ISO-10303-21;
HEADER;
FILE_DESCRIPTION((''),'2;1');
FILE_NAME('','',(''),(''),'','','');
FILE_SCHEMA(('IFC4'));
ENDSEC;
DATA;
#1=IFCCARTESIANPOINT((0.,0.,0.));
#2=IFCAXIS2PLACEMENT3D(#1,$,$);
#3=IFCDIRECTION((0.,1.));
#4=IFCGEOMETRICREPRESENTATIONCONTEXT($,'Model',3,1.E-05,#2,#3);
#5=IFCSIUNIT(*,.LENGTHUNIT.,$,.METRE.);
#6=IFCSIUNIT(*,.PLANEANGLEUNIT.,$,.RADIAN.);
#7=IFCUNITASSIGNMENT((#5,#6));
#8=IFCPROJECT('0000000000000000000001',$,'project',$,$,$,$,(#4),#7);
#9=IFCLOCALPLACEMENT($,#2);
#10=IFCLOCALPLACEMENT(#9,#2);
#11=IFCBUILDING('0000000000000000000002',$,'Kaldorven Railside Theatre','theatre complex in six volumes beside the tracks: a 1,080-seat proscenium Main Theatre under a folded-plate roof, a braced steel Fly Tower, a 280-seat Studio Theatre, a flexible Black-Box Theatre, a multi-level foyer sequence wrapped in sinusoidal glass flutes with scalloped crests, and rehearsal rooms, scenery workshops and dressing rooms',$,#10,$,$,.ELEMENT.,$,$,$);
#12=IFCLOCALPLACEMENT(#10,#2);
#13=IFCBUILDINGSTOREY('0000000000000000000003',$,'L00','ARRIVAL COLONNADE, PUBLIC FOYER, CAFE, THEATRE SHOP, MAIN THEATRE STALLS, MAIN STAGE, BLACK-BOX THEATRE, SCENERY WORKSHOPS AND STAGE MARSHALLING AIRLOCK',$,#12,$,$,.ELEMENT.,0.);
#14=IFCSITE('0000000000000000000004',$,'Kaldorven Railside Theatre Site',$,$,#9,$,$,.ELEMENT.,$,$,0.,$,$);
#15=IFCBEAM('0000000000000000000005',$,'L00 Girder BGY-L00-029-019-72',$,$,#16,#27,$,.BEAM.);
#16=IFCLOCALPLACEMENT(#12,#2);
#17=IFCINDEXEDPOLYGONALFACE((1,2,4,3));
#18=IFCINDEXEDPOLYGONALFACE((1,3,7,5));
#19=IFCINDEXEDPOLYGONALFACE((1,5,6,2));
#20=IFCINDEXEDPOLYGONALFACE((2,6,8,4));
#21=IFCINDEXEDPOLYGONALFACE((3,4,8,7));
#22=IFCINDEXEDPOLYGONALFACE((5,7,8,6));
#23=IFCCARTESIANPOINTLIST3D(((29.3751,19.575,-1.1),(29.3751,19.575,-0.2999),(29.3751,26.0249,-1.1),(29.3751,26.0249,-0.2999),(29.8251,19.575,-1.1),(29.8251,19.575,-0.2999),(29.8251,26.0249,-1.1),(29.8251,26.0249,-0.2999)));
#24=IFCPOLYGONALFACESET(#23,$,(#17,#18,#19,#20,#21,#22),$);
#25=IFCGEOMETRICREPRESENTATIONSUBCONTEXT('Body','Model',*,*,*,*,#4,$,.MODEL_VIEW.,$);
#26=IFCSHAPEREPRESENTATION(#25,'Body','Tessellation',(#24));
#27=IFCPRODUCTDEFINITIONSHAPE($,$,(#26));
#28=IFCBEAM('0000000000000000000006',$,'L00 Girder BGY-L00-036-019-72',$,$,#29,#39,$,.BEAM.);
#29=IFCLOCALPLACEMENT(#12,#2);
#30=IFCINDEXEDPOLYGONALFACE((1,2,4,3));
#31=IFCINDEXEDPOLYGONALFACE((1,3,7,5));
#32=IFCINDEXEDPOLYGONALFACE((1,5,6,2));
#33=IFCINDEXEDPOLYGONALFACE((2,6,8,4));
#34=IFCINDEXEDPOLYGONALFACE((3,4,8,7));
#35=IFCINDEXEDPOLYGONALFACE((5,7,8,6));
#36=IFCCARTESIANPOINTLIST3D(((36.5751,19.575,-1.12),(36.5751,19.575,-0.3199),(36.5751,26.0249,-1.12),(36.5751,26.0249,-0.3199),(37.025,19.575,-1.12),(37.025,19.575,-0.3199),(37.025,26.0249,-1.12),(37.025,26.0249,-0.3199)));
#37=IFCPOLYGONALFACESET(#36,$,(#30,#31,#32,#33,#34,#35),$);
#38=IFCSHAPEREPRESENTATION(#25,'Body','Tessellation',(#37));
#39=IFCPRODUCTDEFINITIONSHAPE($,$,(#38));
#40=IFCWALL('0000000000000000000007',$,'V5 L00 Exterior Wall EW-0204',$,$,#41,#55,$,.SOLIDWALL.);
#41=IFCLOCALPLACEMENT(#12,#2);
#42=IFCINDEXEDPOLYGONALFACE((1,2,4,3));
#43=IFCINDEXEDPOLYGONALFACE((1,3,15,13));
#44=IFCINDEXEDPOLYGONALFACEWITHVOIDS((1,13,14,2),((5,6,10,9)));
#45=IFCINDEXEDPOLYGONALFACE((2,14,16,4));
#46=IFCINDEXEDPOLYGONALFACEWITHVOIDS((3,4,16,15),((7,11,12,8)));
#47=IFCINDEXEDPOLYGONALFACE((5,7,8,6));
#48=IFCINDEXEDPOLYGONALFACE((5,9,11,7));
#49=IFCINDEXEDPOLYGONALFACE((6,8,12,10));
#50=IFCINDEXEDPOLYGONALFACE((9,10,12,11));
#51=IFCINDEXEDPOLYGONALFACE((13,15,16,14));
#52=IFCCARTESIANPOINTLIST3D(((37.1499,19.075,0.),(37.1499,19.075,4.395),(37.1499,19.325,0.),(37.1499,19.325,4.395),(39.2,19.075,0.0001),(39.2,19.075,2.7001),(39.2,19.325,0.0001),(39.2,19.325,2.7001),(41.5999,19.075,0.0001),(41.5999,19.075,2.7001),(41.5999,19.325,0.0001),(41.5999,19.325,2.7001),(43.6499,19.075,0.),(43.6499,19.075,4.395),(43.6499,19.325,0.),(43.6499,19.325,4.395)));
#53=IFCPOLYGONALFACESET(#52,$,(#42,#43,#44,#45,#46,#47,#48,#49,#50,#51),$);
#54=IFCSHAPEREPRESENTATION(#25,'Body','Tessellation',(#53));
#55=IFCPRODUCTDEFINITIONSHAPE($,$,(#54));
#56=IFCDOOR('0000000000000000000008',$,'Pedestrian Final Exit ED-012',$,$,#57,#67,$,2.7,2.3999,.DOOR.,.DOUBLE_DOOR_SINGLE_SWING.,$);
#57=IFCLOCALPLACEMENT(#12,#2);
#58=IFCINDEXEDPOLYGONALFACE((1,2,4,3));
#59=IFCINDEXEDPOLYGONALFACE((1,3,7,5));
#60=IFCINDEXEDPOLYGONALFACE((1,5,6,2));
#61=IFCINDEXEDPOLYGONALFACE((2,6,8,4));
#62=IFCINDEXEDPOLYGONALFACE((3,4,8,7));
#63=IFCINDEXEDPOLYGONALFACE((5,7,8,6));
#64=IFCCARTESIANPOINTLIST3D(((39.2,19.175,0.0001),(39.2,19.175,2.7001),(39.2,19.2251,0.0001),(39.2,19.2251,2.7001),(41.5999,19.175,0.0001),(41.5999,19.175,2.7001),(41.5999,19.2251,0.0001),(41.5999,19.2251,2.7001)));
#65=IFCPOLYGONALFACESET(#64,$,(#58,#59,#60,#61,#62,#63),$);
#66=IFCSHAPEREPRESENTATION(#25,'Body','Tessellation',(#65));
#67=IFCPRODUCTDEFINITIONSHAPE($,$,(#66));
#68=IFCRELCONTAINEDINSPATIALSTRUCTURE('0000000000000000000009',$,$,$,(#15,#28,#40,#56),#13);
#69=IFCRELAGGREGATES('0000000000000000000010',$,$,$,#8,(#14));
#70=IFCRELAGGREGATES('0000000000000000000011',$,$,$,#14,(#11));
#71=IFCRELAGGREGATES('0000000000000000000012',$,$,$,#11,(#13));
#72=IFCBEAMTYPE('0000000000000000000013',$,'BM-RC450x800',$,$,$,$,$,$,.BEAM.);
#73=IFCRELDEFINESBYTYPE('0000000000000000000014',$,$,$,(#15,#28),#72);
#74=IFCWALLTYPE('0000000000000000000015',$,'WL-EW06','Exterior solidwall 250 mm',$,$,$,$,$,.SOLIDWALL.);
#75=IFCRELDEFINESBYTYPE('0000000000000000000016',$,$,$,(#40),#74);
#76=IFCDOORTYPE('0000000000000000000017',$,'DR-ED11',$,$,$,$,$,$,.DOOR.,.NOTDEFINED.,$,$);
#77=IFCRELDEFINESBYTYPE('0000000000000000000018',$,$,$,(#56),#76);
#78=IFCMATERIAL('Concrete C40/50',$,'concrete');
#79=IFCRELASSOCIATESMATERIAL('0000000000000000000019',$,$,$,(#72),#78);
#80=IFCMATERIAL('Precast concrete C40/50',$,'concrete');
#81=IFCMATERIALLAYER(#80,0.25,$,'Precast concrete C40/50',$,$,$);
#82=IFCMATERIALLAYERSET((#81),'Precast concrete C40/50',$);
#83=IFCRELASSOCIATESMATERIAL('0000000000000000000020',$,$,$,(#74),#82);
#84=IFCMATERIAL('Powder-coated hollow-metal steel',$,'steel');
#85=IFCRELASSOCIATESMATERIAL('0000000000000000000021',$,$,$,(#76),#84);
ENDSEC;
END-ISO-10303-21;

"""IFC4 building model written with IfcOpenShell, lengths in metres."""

from ifc_helpers import new_model, si_unit, direction, frame, frame_2d, origin, origin_2d, place, context, subcontext, project, spatial, rectangle, extrude, material, layer, layer_set, material_profile, profile_set, type_object, element, fill, save


model = new_model("IFC4")

# Units and contexts
model_context = context("Model", 3, precision=1e-05, world=origin(), true_north=direction((0.0, 1.0)))
body_context = subcontext(model_context, "Body", "Model", "MODEL_VIEW")
ifc_project = project(units=[si_unit("LENGTHUNIT", "METRE"), si_unit("PLANEANGLEUNIT", "RADIAN")], contexts=[model_context])

# Site, building, storey
site_placement = place(None, origin())
site = spatial("IfcSite", under=ifc_project, at=site_placement, Name="Kaldorven Railside Theatre Site", CompositionType="ELEMENT", RefElevation=0.0)
building_placement = place(site_placement, origin())
building = spatial("IfcBuilding", under=site, at=building_placement, Name="Kaldorven Railside Theatre", Description="theatre complex in six volumes beside the tracks: a 1,080-seat proscenium Main Theatre under a folded-plate roof, a braced steel Fly Tower, a 280-seat Studio Theatre, a flexible Black-Box Theatre, a multi-level foyer sequence wrapped in sinusoidal glass flutes with scalloped crests, and rehearsal rooms, scenery workshops and dressing rooms", CompositionType="ELEMENT")
storey_placement = place(building_placement, origin())
storey = spatial("IfcBuildingStorey", under=building, at=storey_placement, Name="L00", Description="ARRIVAL COLONNADE, PUBLIC FOYER, CAFE, THEATRE SHOP, MAIN THEATRE STALLS, MAIN STAGE, BLACK-BOX THEATRE, SCENERY WORKSHOPS AND STAGE MARSHALLING AIRLOCK", CompositionType="ELEMENT", Elevation=0.0)

# Shared definitions
ifc_material_1 = material(Name="Concrete C40/50", Category="concrete")

# Beams
ifc_material_profile_1 = material_profile(ifc_material_1, rectangle(XDim=0.45, YDim=0.8, at=origin_2d()), Name="RC 450x800")
ifc_profile_set_1 = profile_set([ifc_material_profile_1], Name="Concrete C40/50")
beam_type_1 = type_object("IfcBeamType", Name="BM-RC450x800", PredefinedType="BEAM", material=ifc_profile_set_1)
for number, where, z_axis, x_axis, name in (
    (1, (29.6001, 19.575, -0.7), (0.0, 1.0, 0.0), (-1.0, 0.0, 0.0), "L00 Girder BGY-L00-029-019-72"),
    (2, (36.8, 19.575, -0.72), (0.0, 1.0, 0.0), (-1.0, 0.0, 0.0), "L00 Girder BGY-L00-036-019-72"),
):
    element("IfcBeam", number, at=place(storey_placement, frame(where, z_axis=z_axis, x_axis=x_axis)), inside=storey, type_object=beam_type_1, Name=name, PredefinedType="BEAM", context=body_context, shape_type="SweptSolid", body=[
        extrude(rectangle(XDim=0.45, YDim=0.8, at=origin_2d()), origin(), (0.0, 0.0, 1.0), 6.45),
    ])

# Wall, opening, door
ifc_material_2 = material(Name="Precast concrete C40/50", Category="concrete")
ifc_layer_1 = layer(ifc_material_2, 0.25, Name="Precast concrete C40/50")
ifc_layer_set_1 = layer_set([ifc_layer_1], Name="Precast concrete C40/50")
wall_type_1 = type_object("IfcWallType", Name="WL-EW06", Description="Exterior solidwall 250 mm", PredefinedType="SOLIDWALL", material=ifc_layer_set_1)
wall_1_placement = place(storey_placement, frame((43.6499, 19.2, 0.0), z_axis=(0.0, 0.0, 1.0), x_axis=(-1.0, 0.0, 0.0)))
wall_1 = element("IfcWall", 3, at=wall_1_placement, inside=storey, type_object=wall_type_1, Name="V5 L00 Exterior Wall EW-0204", PredefinedType="SOLIDWALL", context=body_context, shape_type="SweptSolid", body=[
    extrude(rectangle(XDim=6.5, YDim=0.25, at=frame_2d((3.25, 0.0))), origin(), (0.0, 0.0, 1.0), 4.395),
])
opening_1_placement = place(wall_1_placement, frame((2.05, 0.0, 0.0)))
opening_1 = element("IfcOpeningElement", 4, at=opening_1_placement, cuts=wall_1, PredefinedType="OPENING", context=body_context, shape_type="SweptSolid", body=[
    extrude(rectangle(XDim=2.3999, YDim=2.7, at=frame_2d((1.2, 1.3501))), frame((0.0, 0.135, 0.0), z_axis=(0.0, -1.0, 0.0), x_axis=(1.0, 0.0, 0.0)), (0.0, 0.0, 1.0), 0.27),
])
ifc_material_3 = material(Name="Powder-coated hollow-metal steel", Category="steel")
door_type_1 = type_object("IfcDoorType", Name="DR-ED11", OperationType="NOTDEFINED", PredefinedType="DOOR", material=ifc_material_3)
door_1_placement = place(opening_1_placement, origin())
door_1 = element("IfcDoor", 5, at=door_1_placement, inside=storey, type_object=door_type_1, Name="Pedestrian Final Exit ED-012", OperationType="DOUBLE_DOOR_SINGLE_SWING", OverallHeight=2.7, OverallWidth=2.3999, PredefinedType="DOOR", context=body_context, shape_type="SweptSolid", body=[
    extrude(rectangle(XDim=2.3999, YDim=2.7, at=frame_2d((1.2, 1.3501))), frame((0.0, 0.0249, 0.0), z_axis=(0.0, -1.0, 0.0), x_axis=(1.0, 0.0, 0.0)), (0.0, 0.0, 1.0), 0.05),
])
fill(opening_1, door_1)

save(model, "model.ifc")
